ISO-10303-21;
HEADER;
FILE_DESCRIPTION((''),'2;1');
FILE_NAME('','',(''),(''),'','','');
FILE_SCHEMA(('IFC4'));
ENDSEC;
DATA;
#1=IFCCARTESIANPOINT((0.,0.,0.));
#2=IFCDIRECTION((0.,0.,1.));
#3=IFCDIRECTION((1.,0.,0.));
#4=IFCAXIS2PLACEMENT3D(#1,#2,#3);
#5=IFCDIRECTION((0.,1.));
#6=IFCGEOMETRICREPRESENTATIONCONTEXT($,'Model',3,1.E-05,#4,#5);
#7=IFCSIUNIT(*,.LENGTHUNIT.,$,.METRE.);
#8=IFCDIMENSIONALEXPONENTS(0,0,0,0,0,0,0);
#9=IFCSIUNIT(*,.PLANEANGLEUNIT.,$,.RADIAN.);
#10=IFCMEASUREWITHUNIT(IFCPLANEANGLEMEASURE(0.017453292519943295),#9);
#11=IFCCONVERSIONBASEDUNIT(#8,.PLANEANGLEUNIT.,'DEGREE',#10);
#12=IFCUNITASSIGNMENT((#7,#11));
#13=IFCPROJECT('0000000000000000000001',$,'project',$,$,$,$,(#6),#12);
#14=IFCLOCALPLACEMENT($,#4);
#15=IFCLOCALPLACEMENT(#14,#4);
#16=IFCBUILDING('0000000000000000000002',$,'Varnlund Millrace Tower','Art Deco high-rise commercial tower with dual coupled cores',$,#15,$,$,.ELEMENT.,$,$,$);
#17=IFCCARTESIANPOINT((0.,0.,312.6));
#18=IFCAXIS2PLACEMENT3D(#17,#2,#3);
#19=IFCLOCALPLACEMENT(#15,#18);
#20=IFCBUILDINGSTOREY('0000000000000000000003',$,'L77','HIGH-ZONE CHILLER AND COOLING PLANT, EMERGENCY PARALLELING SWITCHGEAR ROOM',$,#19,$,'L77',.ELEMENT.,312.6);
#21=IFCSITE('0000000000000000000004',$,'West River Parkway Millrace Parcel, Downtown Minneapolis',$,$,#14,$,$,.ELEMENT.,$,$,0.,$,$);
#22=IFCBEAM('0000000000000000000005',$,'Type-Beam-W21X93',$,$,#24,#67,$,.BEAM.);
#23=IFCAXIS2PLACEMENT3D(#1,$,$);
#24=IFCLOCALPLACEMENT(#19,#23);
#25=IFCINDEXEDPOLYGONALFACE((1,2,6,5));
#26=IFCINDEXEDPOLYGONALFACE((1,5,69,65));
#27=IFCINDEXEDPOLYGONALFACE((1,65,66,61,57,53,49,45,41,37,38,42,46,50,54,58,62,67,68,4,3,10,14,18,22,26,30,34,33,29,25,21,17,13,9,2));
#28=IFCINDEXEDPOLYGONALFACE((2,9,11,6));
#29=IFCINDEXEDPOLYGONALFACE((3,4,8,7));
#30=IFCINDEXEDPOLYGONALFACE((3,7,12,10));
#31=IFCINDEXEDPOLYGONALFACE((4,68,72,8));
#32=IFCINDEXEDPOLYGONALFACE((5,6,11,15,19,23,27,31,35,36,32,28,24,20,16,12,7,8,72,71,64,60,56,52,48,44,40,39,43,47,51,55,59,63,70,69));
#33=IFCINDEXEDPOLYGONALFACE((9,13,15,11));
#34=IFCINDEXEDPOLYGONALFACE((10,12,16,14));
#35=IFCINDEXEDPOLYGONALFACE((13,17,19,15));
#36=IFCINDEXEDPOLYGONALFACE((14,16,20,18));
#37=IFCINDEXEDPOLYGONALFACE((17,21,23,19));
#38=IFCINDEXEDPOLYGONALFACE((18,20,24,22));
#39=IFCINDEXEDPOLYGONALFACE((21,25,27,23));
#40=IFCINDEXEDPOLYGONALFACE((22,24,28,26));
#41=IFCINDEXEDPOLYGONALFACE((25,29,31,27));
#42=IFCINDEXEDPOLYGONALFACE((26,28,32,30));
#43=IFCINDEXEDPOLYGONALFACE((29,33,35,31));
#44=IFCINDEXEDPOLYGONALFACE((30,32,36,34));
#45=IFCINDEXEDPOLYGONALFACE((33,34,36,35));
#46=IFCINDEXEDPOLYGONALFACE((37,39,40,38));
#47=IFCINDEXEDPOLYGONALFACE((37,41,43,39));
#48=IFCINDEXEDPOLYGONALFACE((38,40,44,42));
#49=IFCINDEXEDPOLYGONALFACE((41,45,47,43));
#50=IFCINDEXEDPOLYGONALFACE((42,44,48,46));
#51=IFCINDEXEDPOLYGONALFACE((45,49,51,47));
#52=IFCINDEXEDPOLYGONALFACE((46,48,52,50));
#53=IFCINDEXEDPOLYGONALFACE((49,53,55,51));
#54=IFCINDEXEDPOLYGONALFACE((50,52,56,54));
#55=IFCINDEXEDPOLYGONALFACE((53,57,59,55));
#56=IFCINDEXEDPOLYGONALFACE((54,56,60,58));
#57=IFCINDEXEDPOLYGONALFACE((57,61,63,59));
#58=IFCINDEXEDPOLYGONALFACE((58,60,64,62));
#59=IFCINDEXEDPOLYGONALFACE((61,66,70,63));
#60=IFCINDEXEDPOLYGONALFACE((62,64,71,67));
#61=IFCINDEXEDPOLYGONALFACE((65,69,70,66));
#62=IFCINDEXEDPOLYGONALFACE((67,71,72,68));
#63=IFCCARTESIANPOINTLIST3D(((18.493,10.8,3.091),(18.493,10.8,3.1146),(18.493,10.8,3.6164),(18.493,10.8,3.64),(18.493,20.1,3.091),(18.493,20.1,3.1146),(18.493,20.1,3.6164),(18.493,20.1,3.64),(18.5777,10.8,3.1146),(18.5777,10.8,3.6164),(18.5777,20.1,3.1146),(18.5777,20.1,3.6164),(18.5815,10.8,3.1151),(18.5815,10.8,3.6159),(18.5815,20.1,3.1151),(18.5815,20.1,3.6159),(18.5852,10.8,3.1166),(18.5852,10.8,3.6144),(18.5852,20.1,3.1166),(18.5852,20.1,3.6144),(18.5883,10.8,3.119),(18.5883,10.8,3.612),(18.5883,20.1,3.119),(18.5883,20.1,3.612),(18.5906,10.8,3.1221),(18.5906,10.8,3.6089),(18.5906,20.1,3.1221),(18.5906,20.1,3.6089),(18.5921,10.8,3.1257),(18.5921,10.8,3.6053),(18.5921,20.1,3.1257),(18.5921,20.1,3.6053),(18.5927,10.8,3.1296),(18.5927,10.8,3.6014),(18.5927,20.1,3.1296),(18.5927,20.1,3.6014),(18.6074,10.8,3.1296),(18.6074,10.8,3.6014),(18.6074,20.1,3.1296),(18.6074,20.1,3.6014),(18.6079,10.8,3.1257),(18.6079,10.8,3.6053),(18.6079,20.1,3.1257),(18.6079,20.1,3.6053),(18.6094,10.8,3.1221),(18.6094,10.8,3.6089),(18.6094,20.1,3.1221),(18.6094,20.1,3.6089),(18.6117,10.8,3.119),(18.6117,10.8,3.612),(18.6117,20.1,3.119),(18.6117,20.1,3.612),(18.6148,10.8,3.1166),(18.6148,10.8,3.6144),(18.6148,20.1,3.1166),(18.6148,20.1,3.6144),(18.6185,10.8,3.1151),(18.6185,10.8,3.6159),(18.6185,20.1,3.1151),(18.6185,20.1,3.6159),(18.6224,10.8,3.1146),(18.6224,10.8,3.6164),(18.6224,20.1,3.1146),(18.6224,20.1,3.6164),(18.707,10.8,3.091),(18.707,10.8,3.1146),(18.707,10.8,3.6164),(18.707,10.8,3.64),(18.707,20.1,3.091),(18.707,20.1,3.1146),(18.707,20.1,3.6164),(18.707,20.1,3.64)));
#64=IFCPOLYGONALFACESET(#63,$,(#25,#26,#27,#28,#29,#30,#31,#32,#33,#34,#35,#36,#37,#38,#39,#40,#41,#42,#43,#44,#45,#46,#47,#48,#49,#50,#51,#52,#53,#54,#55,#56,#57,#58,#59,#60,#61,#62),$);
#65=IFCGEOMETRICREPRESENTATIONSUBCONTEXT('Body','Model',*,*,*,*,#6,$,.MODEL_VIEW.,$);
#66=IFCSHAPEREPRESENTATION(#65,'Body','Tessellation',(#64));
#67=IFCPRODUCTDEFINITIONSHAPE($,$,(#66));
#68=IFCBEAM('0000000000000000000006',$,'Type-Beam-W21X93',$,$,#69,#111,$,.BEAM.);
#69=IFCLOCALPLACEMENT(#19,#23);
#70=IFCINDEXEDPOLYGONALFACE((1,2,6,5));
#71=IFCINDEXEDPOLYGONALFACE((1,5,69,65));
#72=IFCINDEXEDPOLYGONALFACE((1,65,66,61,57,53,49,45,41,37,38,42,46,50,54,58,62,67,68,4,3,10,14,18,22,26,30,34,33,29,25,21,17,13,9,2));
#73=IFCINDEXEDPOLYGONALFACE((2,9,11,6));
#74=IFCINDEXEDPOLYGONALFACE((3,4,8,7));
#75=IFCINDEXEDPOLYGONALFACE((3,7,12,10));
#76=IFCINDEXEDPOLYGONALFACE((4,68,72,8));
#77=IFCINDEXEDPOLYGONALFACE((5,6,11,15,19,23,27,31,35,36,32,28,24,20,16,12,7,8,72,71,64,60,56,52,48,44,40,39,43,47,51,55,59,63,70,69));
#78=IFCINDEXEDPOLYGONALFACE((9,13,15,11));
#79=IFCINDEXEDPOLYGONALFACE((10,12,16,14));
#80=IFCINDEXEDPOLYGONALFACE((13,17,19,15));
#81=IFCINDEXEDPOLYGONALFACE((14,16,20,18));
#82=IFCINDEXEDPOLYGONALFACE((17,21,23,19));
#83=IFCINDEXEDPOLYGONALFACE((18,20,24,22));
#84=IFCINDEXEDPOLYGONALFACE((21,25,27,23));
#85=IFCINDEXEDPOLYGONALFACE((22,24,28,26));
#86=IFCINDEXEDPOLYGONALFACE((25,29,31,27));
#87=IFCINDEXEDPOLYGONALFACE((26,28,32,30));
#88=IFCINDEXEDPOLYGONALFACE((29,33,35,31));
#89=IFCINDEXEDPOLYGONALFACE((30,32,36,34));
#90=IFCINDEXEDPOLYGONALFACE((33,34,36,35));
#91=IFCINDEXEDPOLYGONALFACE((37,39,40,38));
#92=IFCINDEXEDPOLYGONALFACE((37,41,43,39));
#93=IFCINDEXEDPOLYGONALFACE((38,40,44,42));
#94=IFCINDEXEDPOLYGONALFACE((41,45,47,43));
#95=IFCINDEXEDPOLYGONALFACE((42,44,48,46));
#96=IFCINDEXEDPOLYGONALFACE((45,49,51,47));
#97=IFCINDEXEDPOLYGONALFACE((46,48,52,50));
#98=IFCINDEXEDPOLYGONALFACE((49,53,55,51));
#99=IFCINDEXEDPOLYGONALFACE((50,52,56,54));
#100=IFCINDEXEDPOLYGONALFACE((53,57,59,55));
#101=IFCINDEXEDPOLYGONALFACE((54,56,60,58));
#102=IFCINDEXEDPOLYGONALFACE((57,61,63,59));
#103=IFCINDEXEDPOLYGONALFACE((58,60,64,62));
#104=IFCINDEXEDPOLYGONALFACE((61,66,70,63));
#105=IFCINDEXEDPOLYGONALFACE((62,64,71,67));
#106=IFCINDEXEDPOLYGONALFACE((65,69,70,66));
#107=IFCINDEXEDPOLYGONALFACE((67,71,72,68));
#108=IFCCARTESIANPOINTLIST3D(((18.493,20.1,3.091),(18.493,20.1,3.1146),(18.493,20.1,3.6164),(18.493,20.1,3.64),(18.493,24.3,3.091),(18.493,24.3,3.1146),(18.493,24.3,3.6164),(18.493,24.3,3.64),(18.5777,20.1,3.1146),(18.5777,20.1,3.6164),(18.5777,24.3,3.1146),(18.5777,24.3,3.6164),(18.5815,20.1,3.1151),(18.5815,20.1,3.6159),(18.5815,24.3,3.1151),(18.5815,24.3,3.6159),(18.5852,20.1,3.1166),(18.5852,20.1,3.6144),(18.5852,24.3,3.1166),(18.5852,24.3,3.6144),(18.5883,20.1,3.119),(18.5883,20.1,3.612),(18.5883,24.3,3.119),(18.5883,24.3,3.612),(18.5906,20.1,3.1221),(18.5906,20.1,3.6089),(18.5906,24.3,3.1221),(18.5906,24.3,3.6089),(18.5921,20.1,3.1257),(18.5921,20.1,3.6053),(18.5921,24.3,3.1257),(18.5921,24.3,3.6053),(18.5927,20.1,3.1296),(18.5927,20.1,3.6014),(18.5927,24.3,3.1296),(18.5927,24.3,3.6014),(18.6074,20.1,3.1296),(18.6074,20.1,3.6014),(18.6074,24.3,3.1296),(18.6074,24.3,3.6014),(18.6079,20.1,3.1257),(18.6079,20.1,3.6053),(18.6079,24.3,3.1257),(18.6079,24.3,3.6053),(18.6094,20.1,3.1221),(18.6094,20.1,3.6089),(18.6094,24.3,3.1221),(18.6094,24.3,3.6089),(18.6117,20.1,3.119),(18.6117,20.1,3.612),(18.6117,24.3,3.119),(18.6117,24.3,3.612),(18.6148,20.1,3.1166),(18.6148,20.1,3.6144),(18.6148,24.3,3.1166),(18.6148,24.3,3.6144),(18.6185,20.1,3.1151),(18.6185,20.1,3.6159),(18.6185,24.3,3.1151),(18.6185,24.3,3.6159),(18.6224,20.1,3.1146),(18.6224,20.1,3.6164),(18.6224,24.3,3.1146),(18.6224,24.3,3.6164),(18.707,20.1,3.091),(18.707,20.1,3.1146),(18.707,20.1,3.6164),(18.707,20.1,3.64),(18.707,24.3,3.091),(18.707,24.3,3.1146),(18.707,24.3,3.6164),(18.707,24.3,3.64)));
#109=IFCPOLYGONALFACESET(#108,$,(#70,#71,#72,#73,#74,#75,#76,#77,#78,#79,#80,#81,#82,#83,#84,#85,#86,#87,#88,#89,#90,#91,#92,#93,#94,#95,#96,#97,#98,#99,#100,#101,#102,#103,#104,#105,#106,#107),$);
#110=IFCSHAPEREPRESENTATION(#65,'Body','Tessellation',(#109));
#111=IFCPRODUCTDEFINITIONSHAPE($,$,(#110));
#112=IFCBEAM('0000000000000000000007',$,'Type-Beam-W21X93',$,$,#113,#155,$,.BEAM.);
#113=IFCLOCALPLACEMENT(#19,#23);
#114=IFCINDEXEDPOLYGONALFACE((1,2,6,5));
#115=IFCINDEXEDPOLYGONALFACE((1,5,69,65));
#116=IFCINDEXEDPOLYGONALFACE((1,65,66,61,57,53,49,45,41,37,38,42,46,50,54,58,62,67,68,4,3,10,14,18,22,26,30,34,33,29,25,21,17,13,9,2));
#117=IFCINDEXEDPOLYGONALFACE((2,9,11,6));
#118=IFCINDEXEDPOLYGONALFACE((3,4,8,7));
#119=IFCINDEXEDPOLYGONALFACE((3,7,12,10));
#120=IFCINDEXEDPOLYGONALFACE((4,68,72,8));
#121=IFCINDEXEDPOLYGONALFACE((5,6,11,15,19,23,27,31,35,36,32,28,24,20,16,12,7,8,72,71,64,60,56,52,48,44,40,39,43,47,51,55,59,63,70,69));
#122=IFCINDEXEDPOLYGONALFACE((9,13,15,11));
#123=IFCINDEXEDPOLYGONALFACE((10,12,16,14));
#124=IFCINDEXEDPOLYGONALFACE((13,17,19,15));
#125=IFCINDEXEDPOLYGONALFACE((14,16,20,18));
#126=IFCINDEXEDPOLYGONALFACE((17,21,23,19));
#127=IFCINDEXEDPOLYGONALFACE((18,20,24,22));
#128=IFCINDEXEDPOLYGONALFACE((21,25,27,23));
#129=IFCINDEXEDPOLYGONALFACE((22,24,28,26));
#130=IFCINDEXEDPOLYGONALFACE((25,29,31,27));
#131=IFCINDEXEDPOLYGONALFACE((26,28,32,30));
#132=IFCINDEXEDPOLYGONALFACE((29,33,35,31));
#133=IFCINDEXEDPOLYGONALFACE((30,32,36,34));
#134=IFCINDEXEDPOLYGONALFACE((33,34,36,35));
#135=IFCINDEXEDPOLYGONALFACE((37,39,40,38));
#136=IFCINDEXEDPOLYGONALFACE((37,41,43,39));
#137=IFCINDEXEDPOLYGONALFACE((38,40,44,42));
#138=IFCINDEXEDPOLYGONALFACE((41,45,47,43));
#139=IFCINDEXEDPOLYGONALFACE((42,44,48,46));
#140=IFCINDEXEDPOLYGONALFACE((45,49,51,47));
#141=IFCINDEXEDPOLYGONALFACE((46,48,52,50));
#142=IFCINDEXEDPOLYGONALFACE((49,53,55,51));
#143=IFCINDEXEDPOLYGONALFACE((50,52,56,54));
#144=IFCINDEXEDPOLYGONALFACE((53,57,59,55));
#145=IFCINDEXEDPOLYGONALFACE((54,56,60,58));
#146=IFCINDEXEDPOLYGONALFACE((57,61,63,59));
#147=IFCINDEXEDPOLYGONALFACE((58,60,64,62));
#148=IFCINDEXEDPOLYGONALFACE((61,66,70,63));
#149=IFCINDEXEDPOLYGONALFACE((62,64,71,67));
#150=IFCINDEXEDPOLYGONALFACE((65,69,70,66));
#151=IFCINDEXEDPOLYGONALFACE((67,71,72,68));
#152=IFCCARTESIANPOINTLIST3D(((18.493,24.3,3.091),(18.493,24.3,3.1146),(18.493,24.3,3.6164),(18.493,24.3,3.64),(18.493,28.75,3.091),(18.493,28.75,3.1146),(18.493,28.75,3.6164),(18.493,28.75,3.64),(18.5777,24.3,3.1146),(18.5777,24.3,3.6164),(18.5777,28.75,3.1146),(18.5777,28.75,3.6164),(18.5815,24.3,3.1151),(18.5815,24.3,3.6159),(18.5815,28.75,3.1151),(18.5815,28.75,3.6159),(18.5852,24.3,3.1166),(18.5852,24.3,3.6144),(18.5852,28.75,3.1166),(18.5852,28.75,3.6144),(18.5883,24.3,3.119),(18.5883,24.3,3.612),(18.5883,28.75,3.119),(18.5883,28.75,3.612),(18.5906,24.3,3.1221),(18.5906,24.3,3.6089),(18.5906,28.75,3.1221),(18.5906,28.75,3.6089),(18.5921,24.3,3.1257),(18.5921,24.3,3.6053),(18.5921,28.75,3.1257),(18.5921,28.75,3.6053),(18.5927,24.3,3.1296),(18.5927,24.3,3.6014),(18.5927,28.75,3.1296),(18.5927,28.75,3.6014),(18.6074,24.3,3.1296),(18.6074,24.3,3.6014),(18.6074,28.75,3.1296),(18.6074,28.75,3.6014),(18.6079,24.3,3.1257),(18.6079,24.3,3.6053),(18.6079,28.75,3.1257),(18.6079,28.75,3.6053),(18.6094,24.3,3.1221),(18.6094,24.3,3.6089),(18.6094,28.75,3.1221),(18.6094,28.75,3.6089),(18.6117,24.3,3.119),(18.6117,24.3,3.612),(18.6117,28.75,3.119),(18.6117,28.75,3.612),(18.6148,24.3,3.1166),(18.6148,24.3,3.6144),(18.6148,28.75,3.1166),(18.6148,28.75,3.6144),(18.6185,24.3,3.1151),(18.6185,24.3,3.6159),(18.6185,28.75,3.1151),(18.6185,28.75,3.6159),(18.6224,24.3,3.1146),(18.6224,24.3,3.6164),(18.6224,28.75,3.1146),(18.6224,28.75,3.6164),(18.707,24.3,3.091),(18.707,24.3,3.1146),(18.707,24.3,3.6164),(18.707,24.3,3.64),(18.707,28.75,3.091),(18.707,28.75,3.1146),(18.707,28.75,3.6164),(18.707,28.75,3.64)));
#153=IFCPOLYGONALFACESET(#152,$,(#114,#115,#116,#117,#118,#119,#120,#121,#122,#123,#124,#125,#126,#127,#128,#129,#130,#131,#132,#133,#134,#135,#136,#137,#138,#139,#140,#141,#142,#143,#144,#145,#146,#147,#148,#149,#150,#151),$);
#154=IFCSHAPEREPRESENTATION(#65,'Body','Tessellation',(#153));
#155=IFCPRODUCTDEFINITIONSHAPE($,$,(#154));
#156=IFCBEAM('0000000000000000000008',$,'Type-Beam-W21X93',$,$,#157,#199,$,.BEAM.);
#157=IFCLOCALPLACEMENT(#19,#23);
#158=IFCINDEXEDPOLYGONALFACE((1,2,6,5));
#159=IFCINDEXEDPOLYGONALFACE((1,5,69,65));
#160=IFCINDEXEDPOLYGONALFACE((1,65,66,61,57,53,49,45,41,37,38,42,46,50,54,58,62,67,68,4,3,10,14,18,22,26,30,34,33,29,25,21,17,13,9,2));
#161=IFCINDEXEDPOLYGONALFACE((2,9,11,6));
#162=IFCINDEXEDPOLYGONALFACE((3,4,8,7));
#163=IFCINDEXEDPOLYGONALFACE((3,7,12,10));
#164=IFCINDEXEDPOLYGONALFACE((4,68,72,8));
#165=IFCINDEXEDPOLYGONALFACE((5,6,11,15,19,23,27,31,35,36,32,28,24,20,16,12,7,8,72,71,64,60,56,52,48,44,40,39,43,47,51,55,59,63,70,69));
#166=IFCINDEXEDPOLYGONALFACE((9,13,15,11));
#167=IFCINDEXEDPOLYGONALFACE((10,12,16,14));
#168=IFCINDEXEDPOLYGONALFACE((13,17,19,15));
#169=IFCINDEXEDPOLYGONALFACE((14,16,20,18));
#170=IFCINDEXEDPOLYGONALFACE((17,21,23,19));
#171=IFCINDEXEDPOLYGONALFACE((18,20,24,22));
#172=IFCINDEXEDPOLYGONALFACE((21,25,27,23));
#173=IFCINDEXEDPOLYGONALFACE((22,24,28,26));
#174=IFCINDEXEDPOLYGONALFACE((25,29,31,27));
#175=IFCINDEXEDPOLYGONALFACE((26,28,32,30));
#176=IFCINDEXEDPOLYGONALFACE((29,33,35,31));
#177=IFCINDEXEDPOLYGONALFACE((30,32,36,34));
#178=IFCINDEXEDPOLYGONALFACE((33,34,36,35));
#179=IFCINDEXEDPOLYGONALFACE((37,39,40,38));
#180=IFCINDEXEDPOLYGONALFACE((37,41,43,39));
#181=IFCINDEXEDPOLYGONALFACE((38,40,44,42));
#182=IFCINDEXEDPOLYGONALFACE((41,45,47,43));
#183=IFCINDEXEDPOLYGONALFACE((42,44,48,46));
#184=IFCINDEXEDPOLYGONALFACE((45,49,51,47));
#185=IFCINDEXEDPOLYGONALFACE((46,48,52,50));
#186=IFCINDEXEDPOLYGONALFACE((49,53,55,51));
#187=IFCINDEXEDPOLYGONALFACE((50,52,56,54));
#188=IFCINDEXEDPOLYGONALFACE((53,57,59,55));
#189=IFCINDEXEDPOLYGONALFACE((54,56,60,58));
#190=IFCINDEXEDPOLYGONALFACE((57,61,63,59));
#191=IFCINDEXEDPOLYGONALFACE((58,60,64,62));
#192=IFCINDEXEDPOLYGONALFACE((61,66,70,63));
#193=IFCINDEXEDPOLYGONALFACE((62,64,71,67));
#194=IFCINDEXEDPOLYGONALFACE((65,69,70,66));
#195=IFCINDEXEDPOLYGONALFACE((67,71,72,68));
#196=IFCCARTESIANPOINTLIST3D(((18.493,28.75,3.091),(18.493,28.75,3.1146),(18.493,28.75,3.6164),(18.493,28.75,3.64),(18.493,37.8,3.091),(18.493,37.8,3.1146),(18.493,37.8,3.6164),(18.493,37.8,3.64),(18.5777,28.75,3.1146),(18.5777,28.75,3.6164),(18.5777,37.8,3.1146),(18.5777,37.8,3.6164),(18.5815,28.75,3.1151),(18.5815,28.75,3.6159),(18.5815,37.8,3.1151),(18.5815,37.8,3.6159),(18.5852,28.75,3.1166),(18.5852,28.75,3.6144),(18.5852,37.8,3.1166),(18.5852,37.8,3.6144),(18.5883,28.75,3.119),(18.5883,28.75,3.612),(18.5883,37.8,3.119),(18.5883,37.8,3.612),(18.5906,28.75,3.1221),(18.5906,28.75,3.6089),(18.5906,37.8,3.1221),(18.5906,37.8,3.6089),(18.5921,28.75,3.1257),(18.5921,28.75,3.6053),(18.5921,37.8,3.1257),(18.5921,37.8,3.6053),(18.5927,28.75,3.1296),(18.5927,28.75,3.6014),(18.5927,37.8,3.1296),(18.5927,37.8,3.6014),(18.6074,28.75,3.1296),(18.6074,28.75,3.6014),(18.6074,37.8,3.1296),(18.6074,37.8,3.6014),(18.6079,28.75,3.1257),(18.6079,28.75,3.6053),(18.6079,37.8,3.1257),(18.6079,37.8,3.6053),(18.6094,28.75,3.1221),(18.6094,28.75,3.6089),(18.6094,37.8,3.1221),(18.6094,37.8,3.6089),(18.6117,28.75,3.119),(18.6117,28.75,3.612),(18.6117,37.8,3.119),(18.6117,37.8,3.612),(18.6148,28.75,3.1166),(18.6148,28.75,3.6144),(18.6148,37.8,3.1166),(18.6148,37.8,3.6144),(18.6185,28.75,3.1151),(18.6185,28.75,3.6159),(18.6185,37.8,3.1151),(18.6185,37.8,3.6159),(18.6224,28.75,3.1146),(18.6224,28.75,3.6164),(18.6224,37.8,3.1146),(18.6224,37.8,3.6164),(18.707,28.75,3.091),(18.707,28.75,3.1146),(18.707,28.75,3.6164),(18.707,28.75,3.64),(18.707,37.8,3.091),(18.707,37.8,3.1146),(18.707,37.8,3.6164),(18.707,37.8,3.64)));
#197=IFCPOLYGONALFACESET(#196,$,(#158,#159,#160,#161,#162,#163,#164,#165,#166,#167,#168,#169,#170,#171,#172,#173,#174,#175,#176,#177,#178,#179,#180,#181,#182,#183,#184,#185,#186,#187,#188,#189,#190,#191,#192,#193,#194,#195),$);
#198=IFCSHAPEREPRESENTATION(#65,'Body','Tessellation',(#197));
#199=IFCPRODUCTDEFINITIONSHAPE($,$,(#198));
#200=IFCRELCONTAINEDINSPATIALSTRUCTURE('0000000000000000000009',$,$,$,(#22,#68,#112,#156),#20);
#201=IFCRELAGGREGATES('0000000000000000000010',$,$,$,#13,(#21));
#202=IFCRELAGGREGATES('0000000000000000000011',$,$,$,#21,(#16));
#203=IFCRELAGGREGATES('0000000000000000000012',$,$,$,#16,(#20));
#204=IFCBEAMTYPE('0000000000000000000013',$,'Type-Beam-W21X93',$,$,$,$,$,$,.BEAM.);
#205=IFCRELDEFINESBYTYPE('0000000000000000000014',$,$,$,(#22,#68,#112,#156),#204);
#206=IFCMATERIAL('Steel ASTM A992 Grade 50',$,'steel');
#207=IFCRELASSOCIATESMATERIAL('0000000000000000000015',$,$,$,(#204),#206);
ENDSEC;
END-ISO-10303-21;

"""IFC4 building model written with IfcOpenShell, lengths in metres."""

from ifc_helpers import new_model, entity, si_unit, converted_unit, direction, frame, origin_with_axes, origin_2d_with_axis, place, context, subcontext, project, spatial, i_section, extrude, material, material_profile, profile_set, type_object, element, save


model = new_model("IFC4")

# Units and contexts
model_context = context("Model", 3, precision=1e-05, world=origin_with_axes(), true_north=direction((0.0, 1.0)))
body_context = subcontext(model_context, "Body", "Model", "MODEL_VIEW")
ifc_project = project(units=[si_unit("LENGTHUNIT", "METRE"), converted_unit("PLANEANGLEUNIT", "DEGREE", entity("IfcPlaneAngleMeasure", 0.017453292519943295), si_unit("PLANEANGLEUNIT", "RADIAN"), dimensions=[0, 0, 0, 0, 0, 0, 0])], contexts=[model_context])

# Site, building, storey
site_placement = place(None, origin_with_axes())
site = spatial("IfcSite", under=ifc_project, at=site_placement, Name="West River Parkway Millrace Parcel, Downtown Minneapolis", CompositionType="ELEMENT", RefElevation=0.0)
building_placement = place(site_placement, origin_with_axes())
building = spatial("IfcBuilding", under=site, at=building_placement, Name="Varnlund Millrace Tower", Description="Art Deco high-rise commercial tower with dual coupled cores", CompositionType="ELEMENT")
storey_placement = place(building_placement, frame((0.0, 0.0, 312.6), z_axis=(0.0, 0.0, 1.0), x_axis=(1.0, 0.0, 0.0)))
storey = spatial("IfcBuildingStorey", under=building, at=storey_placement, Name="L77", Description="HIGH-ZONE CHILLER AND COOLING PLANT, EMERGENCY PARALLELING SWITCHGEAR ROOM", LongName="L77", CompositionType="ELEMENT", Elevation=312.6)

# Beams
ifc_material_1 = material(Name="Steel ASTM A992 Grade 50", Category="steel")
ifc_material_profile_1 = material_profile(ifc_material_1, i_section(OverallWidth=0.214, OverallDepth=0.549, WebThickness=0.0147, FlangeThickness=0.0236, FilletRadius=0.015, at=origin_2d_with_axis()), Name="Steel ASTM A992 Grade 50")
ifc_profile_set_1 = profile_set([ifc_material_profile_1], Name="Steel ASTM A992 Grade 50")
beam_type_1 = type_object("IfcBeamType", Name="Type-Beam-W21X93", PredefinedType="BEAM", material=ifc_profile_set_1)
beam_1_placement = place(storey_placement, frame((18.6, 10.8, 3.3655), z_axis=(0.0, 1.0, 0.0), x_axis=(-1.0, 0.0, 0.0)))
element("IfcBeam", 1, at=beam_1_placement, inside=storey, type_object=beam_type_1, Name="Type-Beam-W21X93", PredefinedType="BEAM", context=body_context, shape_type="SweptSolid", body=[
    extrude(i_section(OverallWidth=0.214, OverallDepth=0.549, WebThickness=0.0147, FlangeThickness=0.0236, FilletRadius=0.015, at=origin_2d_with_axis()), origin_with_axes(), (0.0, 0.0, 1.0), 9.3),
])
beam_2_placement = place(storey_placement, frame((18.6, 20.1, 3.3655), z_axis=(0.0, 1.0, 0.0), x_axis=(-1.0, 0.0, 0.0)))
element("IfcBeam", 2, at=beam_2_placement, inside=storey, type_object=beam_type_1, Name="Type-Beam-W21X93", PredefinedType="BEAM", context=body_context, shape_type="SweptSolid", body=[
    extrude(i_section(OverallWidth=0.214, OverallDepth=0.549, WebThickness=0.0147, FlangeThickness=0.0236, FilletRadius=0.015, at=origin_2d_with_axis()), origin_with_axes(), (0.0, 0.0, 1.0), 4.2),
])
beam_3_placement = place(storey_placement, frame((18.6, 24.3, 3.3655), z_axis=(0.0, 1.0, 0.0), x_axis=(-1.0, 0.0, 0.0)))
element("IfcBeam", 3, at=beam_3_placement, inside=storey, type_object=beam_type_1, Name="Type-Beam-W21X93", PredefinedType="BEAM", context=body_context, shape_type="SweptSolid", body=[
    extrude(i_section(OverallWidth=0.214, OverallDepth=0.549, WebThickness=0.0147, FlangeThickness=0.0236, FilletRadius=0.015, at=origin_2d_with_axis()), origin_with_axes(), (0.0, 0.0, 1.0), 4.45),
])
beam_4_placement = place(storey_placement, frame((18.6, 28.75, 3.3655), z_axis=(0.0, 1.0, 0.0), x_axis=(-1.0, 0.0, 0.0)))
element("IfcBeam", 4, at=beam_4_placement, inside=storey, type_object=beam_type_1, Name="Type-Beam-W21X93", PredefinedType="BEAM", context=body_context, shape_type="SweptSolid", body=[
    extrude(i_section(OverallWidth=0.214, OverallDepth=0.549, WebThickness=0.0147, FlangeThickness=0.0236, FilletRadius=0.015, at=origin_2d_with_axis()), origin_with_axes(), (0.0, 0.0, 1.0), 9.05),
])

save(model, "model.ifc")
